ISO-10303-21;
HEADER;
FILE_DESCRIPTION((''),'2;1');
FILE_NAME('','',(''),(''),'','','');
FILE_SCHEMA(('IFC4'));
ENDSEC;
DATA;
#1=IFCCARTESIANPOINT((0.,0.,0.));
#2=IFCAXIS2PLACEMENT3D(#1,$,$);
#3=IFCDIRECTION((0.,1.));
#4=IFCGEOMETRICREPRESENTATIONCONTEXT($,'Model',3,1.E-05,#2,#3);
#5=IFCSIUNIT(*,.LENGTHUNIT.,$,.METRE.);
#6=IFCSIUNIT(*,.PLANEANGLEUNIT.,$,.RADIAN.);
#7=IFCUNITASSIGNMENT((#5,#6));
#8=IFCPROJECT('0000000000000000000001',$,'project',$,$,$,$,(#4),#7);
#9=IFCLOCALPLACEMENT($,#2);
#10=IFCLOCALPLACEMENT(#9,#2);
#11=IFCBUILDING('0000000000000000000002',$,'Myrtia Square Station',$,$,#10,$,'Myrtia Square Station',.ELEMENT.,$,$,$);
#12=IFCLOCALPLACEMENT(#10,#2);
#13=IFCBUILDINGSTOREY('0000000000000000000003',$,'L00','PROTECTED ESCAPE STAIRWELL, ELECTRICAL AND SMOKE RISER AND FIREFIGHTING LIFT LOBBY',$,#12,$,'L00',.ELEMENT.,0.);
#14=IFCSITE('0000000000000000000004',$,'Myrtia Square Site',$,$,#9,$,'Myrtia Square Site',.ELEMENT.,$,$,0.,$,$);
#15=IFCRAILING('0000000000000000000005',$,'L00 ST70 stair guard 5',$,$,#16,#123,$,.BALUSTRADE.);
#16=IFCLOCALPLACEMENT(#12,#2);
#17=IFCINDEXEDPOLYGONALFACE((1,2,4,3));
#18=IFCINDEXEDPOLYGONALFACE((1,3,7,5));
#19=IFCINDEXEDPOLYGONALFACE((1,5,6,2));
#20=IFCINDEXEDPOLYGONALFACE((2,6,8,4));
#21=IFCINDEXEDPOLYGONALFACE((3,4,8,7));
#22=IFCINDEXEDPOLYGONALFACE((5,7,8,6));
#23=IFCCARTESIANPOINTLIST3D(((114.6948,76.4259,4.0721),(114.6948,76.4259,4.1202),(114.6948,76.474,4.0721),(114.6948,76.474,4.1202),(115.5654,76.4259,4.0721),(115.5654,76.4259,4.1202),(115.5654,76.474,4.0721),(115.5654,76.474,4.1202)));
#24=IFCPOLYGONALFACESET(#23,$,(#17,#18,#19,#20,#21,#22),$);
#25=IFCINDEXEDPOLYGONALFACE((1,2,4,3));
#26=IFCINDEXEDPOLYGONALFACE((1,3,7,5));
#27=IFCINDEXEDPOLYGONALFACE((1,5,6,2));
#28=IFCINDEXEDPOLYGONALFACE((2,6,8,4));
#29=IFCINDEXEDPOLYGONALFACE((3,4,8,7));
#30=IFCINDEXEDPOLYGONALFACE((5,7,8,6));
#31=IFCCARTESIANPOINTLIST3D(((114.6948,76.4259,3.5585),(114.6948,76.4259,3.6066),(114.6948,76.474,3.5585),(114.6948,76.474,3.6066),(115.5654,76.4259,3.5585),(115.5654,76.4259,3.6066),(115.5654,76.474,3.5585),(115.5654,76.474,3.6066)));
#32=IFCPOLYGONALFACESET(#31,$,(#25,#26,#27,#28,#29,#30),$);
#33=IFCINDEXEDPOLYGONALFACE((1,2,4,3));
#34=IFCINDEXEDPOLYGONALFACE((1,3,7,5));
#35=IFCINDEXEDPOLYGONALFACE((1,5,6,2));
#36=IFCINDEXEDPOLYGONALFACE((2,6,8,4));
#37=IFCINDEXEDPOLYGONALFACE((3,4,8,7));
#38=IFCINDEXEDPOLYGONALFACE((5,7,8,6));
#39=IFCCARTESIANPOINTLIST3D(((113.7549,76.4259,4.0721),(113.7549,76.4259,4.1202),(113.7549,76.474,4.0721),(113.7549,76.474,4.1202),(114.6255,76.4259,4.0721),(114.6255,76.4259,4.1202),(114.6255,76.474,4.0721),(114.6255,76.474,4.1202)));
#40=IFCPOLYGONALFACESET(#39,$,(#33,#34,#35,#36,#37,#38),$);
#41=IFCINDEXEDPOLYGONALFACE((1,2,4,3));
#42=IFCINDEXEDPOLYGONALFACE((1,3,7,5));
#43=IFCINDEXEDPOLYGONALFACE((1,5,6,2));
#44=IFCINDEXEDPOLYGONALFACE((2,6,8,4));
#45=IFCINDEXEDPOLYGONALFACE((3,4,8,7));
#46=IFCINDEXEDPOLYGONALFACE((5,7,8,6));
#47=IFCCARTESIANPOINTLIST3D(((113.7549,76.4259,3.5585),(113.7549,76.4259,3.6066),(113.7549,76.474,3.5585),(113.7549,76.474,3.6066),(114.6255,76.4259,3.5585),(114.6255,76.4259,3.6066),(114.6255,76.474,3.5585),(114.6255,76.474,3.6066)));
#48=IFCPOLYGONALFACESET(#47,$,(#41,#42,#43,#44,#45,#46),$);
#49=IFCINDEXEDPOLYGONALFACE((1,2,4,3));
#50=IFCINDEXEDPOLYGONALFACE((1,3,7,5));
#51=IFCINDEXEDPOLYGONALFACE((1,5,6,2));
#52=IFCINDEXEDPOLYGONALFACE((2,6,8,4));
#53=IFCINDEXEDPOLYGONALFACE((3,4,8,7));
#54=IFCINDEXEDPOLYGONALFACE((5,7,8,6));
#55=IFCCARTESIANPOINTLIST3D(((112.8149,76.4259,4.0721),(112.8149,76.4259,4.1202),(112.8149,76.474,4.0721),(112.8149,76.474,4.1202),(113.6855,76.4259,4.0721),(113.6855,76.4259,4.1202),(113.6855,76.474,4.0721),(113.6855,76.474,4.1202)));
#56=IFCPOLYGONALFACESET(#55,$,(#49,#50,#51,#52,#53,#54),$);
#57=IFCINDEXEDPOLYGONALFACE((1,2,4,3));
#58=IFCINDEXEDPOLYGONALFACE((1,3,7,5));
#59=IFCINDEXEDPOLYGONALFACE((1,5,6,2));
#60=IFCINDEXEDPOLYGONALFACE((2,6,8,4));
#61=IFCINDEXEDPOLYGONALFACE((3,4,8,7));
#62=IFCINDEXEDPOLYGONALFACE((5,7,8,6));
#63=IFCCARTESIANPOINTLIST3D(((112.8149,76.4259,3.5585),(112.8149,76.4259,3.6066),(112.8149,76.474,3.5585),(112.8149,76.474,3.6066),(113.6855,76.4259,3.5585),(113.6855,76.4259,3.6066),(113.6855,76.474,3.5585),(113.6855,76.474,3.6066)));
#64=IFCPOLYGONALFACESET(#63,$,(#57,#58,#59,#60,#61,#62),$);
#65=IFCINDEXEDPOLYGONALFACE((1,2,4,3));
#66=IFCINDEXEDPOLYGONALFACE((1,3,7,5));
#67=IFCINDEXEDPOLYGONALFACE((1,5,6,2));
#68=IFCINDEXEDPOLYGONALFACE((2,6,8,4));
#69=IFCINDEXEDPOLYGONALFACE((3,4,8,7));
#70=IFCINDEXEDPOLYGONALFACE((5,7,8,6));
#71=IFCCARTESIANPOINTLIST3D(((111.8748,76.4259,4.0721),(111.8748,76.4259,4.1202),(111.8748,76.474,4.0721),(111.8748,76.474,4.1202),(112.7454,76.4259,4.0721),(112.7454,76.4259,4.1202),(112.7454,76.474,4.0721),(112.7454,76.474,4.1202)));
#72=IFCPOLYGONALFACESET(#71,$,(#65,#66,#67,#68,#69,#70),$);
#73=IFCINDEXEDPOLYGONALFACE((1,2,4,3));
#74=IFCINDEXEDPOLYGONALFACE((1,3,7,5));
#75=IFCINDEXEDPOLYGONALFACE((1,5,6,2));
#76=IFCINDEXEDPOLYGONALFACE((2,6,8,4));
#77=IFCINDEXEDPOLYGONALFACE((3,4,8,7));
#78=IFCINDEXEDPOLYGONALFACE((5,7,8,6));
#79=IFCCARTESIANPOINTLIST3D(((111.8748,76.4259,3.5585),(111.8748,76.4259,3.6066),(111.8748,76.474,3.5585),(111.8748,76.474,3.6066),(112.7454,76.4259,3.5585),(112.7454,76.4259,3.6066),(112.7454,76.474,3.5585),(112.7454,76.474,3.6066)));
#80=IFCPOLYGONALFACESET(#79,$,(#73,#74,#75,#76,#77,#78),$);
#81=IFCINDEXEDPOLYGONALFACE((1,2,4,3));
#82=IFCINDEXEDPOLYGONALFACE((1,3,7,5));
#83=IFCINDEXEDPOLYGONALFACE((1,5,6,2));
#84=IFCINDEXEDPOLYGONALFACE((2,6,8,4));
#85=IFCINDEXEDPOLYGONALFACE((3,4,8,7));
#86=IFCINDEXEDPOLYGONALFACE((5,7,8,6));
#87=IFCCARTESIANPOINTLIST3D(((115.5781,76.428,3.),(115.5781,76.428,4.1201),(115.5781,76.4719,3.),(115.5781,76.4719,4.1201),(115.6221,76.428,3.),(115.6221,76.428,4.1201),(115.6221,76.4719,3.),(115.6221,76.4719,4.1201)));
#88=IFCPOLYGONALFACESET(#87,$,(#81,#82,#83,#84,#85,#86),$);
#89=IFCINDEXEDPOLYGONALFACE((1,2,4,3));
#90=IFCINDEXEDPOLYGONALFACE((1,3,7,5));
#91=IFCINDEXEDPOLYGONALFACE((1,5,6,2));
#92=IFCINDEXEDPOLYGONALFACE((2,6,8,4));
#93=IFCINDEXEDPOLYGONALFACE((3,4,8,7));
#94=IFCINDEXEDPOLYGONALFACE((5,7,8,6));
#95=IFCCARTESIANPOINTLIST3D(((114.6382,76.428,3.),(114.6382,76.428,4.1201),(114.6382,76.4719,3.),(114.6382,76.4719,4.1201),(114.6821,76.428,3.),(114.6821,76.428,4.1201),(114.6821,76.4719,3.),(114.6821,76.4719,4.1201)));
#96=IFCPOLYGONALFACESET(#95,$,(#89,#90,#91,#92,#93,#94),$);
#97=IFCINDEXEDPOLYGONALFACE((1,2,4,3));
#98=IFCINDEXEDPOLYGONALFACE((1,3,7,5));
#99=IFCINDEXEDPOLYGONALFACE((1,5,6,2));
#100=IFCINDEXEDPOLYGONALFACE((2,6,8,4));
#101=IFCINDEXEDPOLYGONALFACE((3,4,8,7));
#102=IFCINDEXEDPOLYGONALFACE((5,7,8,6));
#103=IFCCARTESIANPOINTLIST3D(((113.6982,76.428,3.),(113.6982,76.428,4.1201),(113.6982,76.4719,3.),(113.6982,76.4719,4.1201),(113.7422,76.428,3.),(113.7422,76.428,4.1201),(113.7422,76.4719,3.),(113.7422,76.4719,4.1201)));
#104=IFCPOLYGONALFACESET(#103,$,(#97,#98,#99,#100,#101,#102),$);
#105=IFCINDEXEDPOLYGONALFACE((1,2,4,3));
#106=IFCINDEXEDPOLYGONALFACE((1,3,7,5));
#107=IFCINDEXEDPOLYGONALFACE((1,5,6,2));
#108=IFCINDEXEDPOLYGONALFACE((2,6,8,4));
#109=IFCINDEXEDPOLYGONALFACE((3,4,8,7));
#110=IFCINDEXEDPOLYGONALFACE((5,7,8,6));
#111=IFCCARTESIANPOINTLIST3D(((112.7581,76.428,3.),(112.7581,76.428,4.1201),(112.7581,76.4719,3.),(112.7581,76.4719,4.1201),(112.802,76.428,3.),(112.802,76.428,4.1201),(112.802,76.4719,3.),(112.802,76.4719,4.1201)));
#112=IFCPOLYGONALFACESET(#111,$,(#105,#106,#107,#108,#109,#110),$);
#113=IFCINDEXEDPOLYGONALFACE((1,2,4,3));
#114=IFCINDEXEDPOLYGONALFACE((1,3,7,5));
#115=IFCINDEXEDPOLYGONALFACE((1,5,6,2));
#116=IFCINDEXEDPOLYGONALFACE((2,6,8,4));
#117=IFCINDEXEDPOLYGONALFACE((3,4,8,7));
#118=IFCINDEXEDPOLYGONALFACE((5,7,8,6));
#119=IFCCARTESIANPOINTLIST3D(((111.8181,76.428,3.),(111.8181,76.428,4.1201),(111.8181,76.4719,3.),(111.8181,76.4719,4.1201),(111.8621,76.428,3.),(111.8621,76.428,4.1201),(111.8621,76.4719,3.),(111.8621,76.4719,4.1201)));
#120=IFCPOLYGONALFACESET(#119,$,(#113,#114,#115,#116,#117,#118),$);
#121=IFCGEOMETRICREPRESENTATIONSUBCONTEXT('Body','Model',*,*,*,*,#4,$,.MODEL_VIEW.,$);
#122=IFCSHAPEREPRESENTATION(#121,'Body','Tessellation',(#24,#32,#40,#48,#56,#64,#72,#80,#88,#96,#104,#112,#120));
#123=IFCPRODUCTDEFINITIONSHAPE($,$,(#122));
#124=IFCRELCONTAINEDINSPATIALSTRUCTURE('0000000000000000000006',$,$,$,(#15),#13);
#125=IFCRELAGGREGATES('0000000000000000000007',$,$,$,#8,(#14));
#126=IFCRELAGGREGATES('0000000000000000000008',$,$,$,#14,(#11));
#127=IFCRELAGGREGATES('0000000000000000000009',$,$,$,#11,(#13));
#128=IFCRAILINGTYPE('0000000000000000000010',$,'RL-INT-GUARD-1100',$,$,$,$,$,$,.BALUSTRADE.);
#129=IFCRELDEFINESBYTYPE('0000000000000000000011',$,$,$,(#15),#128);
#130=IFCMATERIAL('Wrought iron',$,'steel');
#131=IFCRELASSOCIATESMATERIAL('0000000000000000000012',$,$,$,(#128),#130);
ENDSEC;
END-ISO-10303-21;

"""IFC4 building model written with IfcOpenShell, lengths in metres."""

from ifc_helpers import new_model, si_unit, direction, frame, origin, origin_2d, place, context, subcontext, project, spatial, rectangle, extrude, material, type_object, element, save


model = new_model("IFC4")

# Units and contexts
model_context = context("Model", 3, precision=1e-05, world=origin(), true_north=direction((0.0, 1.0)))
body_context = subcontext(model_context, "Body", "Model", "MODEL_VIEW")
ifc_project = project(units=[si_unit("LENGTHUNIT", "METRE"), si_unit("PLANEANGLEUNIT", "RADIAN")], contexts=[model_context])

# Site, building, storey
site_placement = place(None, origin())
site = spatial("IfcSite", under=ifc_project, at=site_placement, Name="Myrtia Square Site", LongName="Myrtia Square Site", CompositionType="ELEMENT", RefElevation=0.0)
building_placement = place(site_placement, origin())
building = spatial("IfcBuilding", under=site, at=building_placement, Name="Myrtia Square Station", LongName="Myrtia Square Station", CompositionType="ELEMENT")
storey_placement = place(building_placement, origin())
storey = spatial("IfcBuildingStorey", under=building, at=storey_placement, Name="L00", Description="PROTECTED ESCAPE STAIRWELL, ELECTRICAL AND SMOKE RISER AND FIREFIGHTING LIFT LOBBY", LongName="L00", CompositionType="ELEMENT", Elevation=0.0)

# Railing
ifc_material_1 = material(Name="Wrought iron", Category="steel")
railing_type_1 = type_object("IfcRailingType", Name="RL-INT-GUARD-1100", PredefinedType="BALUSTRADE", material=ifc_material_1)
railing_1_placement = place(storey_placement, frame((115.6001, 76.45, 3.0)))
element("IfcRailing", 1, at=railing_1_placement, inside=storey, type_object=railing_type_1, Name="L00 ST70 stair guard 5", PredefinedType="BALUSTRADE", context=body_context, shape_type="SweptSolid", body=[
    extrude(rectangle(XDim=0.0481, YDim=0.0481, at=origin_2d()), frame((-0.0347, 0.0, 1.0962), z_axis=(-1.0, 0.0, 0.0), x_axis=(0.0, -1.0, 0.0)), (0.0, 0.0, 1.0), 0.8706),
    extrude(rectangle(XDim=0.0481, YDim=0.0481, at=origin_2d()), frame((-0.0347, 0.0, 0.5825), z_axis=(-1.0, 0.0, 0.0), x_axis=(0.0, -1.0, 0.0)), (0.0, 0.0, 1.0), 0.8706),
    extrude(rectangle(XDim=0.0481, YDim=0.0481, at=origin_2d()), frame((-0.9746, 0.0, 1.0962), z_axis=(-1.0, 0.0, 0.0), x_axis=(0.0, -1.0, 0.0)), (0.0, 0.0, 1.0), 0.8706),
    extrude(rectangle(XDim=0.0481, YDim=0.0481, at=origin_2d()), frame((-0.9746, 0.0, 0.5825), z_axis=(-1.0, 0.0, 0.0), x_axis=(0.0, -1.0, 0.0)), (0.0, 0.0, 1.0), 0.8706),
    extrude(rectangle(XDim=0.0481, YDim=0.0481, at=origin_2d()), frame((-1.9146, 0.0, 1.0962), z_axis=(-1.0, 0.0, 0.0), x_axis=(0.0, -1.0, 0.0)), (0.0, 0.0, 1.0), 0.8706),
    extrude(rectangle(XDim=0.0481, YDim=0.0481, at=origin_2d()), frame((-1.9146, 0.0, 0.5825), z_axis=(-1.0, 0.0, 0.0), x_axis=(0.0, -1.0, 0.0)), (0.0, 0.0, 1.0), 0.8706),
    extrude(rectangle(XDim=0.0481, YDim=0.0481, at=origin_2d()), frame((-2.8547, 0.0, 1.0962), z_axis=(-1.0, 0.0, 0.0), x_axis=(0.0, -1.0, 0.0)), (0.0, 0.0, 1.0), 0.8706),
    extrude(rectangle(XDim=0.0481, YDim=0.0481, at=origin_2d()), frame((-2.8547, 0.0, 0.5825), z_axis=(-1.0, 0.0, 0.0), x_axis=(0.0, -1.0, 0.0)), (0.0, 0.0, 1.0), 0.8706),
    extrude(rectangle(XDim=0.0439, YDim=0.0439, at=origin_2d()), origin(), (0.0, 0.0, 1.0), 1.1201),
    extrude(rectangle(XDim=0.0439, YDim=0.0439, at=origin_2d()), frame((-0.9399, 0.0, 0.0)), (0.0, 0.0, 1.0), 1.1201),
    extrude(rectangle(XDim=0.0439, YDim=0.0439, at=origin_2d()), frame((-1.8799, 0.0, 0.0)), (0.0, 0.0, 1.0), 1.1201),
    extrude(rectangle(XDim=0.0439, YDim=0.0439, at=origin_2d()), frame((-2.8201, 0.0, 0.0)), (0.0, 0.0, 1.0), 1.1201),
    extrude(rectangle(XDim=0.0439, YDim=0.0439, at=origin_2d()), frame((-3.76, 0.0, 0.0)), (0.0, 0.0, 1.0), 1.1201),
])

save(model, "model.ifc")
